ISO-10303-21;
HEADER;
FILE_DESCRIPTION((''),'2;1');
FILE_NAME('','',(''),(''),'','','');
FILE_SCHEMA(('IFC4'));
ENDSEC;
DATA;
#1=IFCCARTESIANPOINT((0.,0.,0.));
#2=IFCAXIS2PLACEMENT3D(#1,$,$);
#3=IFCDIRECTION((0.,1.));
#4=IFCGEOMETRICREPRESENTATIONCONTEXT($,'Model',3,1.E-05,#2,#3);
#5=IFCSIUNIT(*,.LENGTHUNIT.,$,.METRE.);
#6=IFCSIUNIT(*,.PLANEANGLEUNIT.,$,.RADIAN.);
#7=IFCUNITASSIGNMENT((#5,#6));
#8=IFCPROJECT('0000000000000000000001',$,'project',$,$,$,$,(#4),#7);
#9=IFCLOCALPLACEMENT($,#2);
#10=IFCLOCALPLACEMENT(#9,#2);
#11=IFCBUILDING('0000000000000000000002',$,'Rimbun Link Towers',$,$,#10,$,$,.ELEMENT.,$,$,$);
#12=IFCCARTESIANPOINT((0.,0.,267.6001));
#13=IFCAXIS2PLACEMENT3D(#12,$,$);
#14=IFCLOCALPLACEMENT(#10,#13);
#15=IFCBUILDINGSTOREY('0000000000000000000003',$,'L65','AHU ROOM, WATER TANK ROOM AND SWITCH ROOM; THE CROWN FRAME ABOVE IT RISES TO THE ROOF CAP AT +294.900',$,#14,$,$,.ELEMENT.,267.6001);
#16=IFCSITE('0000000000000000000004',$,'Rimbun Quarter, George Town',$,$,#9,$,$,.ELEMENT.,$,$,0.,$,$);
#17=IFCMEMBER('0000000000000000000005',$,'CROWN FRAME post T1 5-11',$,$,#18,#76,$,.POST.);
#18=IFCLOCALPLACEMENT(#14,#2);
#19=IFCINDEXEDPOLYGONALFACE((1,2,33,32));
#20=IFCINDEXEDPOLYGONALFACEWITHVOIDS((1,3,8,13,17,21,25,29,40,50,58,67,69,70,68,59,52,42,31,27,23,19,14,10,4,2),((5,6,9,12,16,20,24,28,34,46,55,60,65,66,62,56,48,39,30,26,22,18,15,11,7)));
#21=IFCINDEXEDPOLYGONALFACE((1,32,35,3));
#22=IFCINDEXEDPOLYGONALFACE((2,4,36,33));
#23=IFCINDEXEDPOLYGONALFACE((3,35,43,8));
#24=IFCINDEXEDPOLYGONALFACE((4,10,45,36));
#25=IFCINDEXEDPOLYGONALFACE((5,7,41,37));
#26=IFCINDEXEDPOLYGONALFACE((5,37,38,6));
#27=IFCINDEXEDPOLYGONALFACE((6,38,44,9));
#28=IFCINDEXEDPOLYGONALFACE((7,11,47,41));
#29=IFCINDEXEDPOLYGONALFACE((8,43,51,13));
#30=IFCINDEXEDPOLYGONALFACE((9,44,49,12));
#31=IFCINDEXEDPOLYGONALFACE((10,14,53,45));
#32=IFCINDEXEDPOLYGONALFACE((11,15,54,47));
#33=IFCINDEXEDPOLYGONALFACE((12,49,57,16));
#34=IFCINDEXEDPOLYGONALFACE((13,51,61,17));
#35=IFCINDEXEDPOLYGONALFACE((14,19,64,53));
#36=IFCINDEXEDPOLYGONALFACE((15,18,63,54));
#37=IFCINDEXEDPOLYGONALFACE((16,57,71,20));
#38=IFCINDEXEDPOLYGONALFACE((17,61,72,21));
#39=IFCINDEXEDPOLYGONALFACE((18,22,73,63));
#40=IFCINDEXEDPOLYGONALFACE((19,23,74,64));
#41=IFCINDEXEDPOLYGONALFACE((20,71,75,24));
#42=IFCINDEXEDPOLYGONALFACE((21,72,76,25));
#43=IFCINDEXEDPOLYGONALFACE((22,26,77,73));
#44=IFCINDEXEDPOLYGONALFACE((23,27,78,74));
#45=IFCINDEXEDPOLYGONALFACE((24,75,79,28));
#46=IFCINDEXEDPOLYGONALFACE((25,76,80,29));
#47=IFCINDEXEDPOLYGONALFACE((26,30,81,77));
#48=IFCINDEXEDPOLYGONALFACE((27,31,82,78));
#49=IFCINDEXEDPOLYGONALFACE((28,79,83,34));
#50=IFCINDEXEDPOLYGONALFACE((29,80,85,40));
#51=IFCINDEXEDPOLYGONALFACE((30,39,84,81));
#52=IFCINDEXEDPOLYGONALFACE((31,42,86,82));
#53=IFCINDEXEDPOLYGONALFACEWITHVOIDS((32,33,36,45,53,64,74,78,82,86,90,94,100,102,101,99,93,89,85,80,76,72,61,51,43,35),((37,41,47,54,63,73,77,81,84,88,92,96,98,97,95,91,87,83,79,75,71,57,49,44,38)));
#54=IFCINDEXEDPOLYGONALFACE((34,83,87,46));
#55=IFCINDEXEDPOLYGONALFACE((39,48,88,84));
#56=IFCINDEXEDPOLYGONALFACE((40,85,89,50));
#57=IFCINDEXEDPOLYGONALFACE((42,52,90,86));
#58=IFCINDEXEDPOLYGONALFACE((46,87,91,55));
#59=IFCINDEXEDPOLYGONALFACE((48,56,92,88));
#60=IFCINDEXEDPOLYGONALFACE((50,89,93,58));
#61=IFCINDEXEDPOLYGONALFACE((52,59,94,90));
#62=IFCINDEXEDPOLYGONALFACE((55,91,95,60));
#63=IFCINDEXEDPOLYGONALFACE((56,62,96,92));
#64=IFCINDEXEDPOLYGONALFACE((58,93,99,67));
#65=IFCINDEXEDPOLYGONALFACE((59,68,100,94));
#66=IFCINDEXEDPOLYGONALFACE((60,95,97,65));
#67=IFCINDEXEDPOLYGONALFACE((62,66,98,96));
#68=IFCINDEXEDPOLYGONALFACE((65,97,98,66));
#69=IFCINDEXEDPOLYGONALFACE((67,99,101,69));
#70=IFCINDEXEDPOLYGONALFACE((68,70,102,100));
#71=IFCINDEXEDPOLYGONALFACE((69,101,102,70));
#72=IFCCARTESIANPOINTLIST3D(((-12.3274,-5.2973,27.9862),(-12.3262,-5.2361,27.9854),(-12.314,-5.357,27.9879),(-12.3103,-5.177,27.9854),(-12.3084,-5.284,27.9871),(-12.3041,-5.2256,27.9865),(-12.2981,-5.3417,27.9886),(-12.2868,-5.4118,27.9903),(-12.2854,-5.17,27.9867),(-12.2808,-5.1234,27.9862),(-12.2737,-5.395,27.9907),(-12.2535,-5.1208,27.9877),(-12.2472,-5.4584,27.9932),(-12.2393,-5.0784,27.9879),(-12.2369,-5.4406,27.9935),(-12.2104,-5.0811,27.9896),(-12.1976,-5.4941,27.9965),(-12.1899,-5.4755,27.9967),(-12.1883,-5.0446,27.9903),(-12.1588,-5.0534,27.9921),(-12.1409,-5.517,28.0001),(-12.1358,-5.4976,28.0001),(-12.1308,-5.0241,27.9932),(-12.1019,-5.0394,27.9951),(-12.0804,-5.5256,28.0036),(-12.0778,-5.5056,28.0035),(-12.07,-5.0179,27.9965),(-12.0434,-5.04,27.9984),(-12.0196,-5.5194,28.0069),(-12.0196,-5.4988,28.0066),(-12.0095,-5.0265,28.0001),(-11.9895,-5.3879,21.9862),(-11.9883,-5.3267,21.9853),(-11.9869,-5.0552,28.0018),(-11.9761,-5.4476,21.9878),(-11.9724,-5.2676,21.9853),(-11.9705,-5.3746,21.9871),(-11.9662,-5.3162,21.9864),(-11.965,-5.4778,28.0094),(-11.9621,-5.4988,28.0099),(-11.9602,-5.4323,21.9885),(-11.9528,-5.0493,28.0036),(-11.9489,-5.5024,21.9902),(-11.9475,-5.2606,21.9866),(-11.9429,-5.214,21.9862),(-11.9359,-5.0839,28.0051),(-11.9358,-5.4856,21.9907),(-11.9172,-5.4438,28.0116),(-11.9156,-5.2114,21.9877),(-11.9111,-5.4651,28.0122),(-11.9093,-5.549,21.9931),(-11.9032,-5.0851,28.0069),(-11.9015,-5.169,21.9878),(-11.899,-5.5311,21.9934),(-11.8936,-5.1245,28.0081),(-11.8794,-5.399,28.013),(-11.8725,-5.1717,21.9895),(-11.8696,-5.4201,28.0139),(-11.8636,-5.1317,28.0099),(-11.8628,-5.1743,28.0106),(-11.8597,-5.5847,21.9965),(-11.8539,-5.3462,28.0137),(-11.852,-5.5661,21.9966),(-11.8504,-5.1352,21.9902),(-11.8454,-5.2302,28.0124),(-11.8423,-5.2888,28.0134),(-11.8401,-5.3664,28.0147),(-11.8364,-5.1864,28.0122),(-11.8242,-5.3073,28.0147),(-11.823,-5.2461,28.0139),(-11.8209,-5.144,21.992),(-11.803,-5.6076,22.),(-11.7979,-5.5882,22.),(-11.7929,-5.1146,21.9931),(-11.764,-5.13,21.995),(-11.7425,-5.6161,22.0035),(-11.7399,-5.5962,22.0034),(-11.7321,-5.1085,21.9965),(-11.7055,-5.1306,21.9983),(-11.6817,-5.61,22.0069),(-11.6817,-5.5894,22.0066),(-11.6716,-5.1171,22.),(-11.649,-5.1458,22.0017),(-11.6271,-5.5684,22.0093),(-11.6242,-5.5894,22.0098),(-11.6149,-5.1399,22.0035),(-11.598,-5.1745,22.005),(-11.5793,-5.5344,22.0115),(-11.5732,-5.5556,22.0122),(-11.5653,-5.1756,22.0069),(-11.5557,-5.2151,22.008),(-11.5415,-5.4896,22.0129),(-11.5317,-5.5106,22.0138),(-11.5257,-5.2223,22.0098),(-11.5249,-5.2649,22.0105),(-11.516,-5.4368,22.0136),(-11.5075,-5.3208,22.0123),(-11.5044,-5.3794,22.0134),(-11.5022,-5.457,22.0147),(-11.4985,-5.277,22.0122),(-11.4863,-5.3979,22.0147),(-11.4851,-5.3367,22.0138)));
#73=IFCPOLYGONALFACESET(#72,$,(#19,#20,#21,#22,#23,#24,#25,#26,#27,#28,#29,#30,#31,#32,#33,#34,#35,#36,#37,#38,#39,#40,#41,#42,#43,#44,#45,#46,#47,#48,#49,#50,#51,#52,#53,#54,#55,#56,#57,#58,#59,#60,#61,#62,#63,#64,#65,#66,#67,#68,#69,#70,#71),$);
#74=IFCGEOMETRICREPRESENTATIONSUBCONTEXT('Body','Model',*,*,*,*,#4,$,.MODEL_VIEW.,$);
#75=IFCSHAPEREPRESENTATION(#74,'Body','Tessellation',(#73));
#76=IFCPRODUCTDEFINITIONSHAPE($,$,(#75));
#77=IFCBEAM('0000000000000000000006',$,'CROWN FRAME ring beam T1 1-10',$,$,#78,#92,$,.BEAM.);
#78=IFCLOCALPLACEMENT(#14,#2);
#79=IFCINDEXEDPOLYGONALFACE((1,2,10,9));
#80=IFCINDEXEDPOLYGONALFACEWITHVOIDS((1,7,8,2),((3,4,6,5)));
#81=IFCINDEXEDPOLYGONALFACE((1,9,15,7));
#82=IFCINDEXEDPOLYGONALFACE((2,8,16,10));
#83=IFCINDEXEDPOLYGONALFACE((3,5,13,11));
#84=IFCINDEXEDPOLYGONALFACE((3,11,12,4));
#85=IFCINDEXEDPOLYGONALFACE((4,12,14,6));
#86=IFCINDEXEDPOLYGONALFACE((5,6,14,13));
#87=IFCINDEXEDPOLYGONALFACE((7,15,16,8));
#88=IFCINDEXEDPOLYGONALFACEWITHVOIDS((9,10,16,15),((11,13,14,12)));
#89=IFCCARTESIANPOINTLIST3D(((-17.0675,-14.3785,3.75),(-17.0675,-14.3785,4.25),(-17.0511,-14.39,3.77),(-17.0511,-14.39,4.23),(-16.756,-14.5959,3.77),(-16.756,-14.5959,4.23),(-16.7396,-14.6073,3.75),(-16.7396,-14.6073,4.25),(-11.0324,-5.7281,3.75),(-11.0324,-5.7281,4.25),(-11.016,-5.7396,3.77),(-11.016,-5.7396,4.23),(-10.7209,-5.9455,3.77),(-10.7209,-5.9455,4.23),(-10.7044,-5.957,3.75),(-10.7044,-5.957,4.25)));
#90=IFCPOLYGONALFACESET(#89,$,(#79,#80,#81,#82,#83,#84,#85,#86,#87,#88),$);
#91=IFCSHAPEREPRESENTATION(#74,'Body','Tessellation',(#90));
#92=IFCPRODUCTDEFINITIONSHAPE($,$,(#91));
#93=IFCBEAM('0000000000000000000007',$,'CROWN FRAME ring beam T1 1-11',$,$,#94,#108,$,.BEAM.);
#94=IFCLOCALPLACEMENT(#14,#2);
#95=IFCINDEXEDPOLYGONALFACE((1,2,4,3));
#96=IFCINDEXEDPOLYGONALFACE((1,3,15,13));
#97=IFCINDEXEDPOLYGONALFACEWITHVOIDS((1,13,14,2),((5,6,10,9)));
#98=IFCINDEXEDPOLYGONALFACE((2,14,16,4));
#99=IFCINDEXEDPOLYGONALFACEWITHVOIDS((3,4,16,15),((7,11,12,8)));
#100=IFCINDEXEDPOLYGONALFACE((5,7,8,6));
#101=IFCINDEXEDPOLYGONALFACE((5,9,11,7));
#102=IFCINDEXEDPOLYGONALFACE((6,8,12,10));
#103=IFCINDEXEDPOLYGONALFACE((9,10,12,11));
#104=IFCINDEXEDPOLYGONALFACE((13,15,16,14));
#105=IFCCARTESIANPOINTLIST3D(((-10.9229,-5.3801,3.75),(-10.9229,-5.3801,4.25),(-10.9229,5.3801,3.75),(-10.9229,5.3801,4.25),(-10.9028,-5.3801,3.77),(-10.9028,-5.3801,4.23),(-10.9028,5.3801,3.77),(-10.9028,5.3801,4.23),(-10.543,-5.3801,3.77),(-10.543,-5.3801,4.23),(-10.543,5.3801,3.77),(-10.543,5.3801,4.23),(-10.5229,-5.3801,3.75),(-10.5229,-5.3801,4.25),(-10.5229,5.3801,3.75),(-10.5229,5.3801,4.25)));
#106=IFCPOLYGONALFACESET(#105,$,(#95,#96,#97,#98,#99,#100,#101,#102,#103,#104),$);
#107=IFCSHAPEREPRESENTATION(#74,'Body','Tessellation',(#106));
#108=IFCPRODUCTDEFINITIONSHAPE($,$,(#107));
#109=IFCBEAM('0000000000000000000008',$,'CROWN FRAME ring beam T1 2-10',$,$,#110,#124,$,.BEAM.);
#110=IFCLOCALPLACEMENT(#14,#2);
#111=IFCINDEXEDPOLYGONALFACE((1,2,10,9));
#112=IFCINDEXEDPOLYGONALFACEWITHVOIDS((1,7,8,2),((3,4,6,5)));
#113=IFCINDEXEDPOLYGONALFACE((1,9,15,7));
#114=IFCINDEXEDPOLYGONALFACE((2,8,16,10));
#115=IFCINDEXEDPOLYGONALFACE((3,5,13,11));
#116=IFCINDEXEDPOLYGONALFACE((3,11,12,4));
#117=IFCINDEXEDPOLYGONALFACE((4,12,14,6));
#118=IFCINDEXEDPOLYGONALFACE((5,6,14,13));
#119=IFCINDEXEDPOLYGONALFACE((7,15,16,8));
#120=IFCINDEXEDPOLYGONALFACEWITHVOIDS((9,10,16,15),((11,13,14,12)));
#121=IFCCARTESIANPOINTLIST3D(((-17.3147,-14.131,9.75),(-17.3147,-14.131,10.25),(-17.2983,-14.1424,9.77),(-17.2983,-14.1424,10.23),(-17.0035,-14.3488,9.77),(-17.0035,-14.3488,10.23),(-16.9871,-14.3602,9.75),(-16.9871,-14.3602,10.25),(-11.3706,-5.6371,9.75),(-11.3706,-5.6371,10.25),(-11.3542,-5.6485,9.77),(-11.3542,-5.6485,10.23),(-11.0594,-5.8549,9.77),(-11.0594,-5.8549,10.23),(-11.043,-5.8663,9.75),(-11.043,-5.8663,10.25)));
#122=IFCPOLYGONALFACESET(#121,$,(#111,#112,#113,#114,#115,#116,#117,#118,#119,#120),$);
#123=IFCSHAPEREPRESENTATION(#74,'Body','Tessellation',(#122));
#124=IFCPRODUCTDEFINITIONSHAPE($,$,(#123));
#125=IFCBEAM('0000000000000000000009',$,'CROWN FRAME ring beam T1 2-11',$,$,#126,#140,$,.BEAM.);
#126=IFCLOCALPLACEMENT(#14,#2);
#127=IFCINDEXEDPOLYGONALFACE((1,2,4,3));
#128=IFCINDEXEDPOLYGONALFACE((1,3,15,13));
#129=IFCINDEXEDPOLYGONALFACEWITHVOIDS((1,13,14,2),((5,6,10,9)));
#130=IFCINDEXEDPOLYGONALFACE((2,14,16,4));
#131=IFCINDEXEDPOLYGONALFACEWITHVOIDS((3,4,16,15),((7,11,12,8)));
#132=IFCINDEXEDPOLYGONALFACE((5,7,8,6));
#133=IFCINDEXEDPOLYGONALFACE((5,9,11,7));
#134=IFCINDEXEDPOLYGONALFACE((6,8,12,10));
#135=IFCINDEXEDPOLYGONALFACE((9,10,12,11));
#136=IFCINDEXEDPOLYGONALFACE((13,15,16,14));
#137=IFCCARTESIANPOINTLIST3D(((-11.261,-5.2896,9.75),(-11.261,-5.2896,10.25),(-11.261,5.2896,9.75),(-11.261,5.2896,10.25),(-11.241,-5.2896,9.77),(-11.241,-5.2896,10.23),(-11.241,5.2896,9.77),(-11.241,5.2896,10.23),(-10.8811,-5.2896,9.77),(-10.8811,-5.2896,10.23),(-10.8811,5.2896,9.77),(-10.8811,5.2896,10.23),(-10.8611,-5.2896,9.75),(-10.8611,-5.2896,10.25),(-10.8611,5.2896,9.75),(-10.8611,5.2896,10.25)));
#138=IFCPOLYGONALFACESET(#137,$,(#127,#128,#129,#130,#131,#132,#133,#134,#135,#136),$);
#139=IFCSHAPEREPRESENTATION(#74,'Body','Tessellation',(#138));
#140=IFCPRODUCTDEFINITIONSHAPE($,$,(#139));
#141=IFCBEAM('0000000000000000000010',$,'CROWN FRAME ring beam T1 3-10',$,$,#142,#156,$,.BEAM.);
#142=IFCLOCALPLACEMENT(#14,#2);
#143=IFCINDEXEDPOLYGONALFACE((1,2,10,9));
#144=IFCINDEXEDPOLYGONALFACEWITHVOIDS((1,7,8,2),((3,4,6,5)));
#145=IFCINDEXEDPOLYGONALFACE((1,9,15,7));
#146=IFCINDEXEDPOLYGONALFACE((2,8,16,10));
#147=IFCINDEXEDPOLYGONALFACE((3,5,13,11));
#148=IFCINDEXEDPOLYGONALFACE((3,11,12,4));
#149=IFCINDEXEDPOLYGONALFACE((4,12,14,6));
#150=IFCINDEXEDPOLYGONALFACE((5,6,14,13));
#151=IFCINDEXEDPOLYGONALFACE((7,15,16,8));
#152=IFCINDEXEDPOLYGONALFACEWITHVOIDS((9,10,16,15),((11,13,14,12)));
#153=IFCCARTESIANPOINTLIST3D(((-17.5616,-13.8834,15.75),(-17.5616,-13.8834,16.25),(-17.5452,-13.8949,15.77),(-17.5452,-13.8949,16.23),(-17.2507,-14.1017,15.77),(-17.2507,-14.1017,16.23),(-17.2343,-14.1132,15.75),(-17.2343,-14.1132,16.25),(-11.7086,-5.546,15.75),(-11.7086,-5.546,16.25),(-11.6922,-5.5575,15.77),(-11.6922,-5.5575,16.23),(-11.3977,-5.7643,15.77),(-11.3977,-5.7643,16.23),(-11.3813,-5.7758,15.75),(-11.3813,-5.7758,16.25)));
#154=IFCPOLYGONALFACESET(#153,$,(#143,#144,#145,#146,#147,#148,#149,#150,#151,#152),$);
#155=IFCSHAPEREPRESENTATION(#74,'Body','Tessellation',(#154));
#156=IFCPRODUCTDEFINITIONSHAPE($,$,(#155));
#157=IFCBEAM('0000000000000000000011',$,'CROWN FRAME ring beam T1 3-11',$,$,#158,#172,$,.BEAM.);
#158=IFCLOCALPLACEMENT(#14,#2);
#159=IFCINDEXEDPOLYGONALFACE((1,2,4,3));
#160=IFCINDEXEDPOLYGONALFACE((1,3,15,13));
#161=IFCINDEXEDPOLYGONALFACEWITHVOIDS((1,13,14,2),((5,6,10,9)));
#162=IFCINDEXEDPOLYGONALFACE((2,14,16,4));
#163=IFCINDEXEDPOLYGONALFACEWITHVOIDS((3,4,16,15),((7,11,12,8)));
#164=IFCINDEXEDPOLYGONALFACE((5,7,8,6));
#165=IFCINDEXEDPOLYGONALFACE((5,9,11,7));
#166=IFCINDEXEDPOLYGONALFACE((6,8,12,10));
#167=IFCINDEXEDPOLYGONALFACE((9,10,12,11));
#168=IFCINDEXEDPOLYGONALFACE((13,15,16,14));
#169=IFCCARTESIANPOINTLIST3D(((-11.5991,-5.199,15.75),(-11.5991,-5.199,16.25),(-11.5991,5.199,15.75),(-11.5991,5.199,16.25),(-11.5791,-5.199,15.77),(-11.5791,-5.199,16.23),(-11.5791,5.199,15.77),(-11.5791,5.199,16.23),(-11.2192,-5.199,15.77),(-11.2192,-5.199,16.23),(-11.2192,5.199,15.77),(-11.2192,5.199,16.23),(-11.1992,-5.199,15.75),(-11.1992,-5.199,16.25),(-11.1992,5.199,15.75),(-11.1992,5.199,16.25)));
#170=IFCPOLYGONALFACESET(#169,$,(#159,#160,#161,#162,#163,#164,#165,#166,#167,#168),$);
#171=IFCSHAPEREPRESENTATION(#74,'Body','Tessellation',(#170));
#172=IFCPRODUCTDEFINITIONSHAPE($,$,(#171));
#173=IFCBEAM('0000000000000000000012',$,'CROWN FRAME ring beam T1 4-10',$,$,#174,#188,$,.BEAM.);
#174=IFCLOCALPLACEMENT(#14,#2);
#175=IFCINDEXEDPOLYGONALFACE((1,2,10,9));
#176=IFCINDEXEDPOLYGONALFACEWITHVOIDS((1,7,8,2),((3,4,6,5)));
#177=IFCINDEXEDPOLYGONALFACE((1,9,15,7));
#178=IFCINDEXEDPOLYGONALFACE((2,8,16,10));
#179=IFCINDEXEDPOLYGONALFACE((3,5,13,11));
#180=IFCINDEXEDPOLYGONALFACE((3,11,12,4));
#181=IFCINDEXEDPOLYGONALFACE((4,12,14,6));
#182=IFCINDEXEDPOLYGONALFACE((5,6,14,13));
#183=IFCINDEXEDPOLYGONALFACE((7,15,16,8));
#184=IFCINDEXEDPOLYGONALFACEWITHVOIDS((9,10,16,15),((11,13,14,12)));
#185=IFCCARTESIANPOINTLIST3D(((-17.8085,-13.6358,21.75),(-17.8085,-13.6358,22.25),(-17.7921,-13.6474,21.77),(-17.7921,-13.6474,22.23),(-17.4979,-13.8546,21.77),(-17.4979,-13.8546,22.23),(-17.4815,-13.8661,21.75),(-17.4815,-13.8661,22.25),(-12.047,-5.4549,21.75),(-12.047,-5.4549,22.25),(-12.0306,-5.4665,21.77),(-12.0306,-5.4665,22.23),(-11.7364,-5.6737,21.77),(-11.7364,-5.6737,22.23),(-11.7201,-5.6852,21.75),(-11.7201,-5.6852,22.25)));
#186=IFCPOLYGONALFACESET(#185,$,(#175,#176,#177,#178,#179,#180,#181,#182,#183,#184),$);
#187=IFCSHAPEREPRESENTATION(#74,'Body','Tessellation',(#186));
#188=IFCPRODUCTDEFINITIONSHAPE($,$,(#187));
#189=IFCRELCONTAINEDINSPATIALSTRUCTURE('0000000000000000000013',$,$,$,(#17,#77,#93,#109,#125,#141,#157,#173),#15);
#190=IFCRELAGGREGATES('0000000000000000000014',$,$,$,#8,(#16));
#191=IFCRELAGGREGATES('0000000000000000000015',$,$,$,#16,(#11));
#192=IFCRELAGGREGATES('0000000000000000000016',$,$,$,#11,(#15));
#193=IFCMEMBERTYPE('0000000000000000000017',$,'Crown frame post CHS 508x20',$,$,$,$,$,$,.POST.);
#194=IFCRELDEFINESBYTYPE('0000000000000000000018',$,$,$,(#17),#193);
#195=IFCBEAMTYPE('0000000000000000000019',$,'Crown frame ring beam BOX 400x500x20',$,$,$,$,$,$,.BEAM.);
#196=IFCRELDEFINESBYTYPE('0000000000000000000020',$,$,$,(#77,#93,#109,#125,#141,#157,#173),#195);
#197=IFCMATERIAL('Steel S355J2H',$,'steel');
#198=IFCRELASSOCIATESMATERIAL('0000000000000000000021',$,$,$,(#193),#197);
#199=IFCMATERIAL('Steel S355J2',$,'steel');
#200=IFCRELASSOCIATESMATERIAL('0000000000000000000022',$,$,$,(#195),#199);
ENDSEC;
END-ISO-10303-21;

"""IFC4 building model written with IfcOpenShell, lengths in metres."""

from ifc_helpers import new_model, si_unit, direction, frame, origin, origin_2d, place, context, subcontext, project, spatial, hollow_rectangle, hollow_circle, extrude, material, material_profile, profile_set, type_object, element, save


model = new_model("IFC4")

# Units and contexts
model_context = context("Model", 3, precision=1e-05, world=origin(), true_north=direction((0.0, 1.0)))
body_context = subcontext(model_context, "Body", "Model", "MODEL_VIEW")
ifc_project = project(units=[si_unit("LENGTHUNIT", "METRE"), si_unit("PLANEANGLEUNIT", "RADIAN")], contexts=[model_context])

# Site, building, storey
site_placement = place(None, origin())
site = spatial("IfcSite", under=ifc_project, at=site_placement, Name="Rimbun Quarter, George Town", CompositionType="ELEMENT", RefElevation=0.0)
building_placement = place(site_placement, origin())
building = spatial("IfcBuilding", under=site, at=building_placement, Name="Rimbun Link Towers", CompositionType="ELEMENT")
storey_placement = place(building_placement, frame((0.0, 0.0, 267.6001)))
storey = spatial("IfcBuildingStorey", under=building, at=storey_placement, Name="L65", Description="AHU ROOM, WATER TANK ROOM AND SWITCH ROOM; THE CROWN FRAME ABOVE IT RISES TO THE ROOF CAP AT +294.900", CompositionType="ELEMENT", Elevation=267.6001)

# Member
ifc_material_1 = material(Name="Steel S355J2H", Category="steel")
ifc_material_profile_1 = material_profile(ifc_material_1, hollow_circle(Radius=0.2539, WallThickness=0.02, at=origin_2d()), Name="Crown frame post CHS 508x20")
ifc_profile_set_1 = profile_set([ifc_material_profile_1], Name="Steel S355J2H")
member_type_1 = type_object("IfcMemberType", Name="Crown frame post CHS 508x20", PredefinedType="POST", material=ifc_profile_set_1)
for number, where, z_axis, x_axis, name in (
    (1, (-11.7373, -5.3623, 22.0), (-0.05622, 0.01507, 0.998305), (-0.258922, -0.965898, 0.0), "CROWN FRAME post T1 5-11"),
):
    element("IfcMember", number, at=place(storey_placement, frame(where, z_axis=z_axis, x_axis=x_axis)), inside=storey, type_object=member_type_1, Name=name, PredefinedType="POST", context=body_context, shape_type="SweptSolid", body=[
        extrude(hollow_circle(Radius=0.2539, WallThickness=0.02, at=origin_2d()), origin(), (0.0, 0.0, 1.0), 6.0103),
    ])

# Beams
ifc_material_2 = material(Name="Steel S355J2", Category="steel")
ifc_material_profile_2 = material_profile(ifc_material_2, hollow_rectangle(XDim=0.3999, YDim=0.5, WallThickness=0.02, at=origin_2d()), Name="Crown frame ring beam BOX 400x500x20")
ifc_profile_set_2 = profile_set([ifc_material_profile_2], Name="Steel S355J2")
beam_type = type_object("IfcBeamType", Name="Crown frame ring beam BOX 400x500x20", PredefinedType="BEAM", material=ifc_profile_set_2)
beam_1_placement = place(storey_placement, frame((-16.9036, -14.4929, 4.0), z_axis=(0.572182, 0.820127, 0.0), x_axis=(-0.820127, 0.572182, 0.0)))
element("IfcBeam", 2, at=beam_1_placement, inside=storey, type_object=beam_type, Name="CROWN FRAME ring beam T1 1-10", PredefinedType="BEAM", context=body_context, shape_type="SweptSolid", body=[
    extrude(hollow_rectangle(XDim=0.3999, YDim=0.5, WallThickness=0.02, at=origin_2d()), origin(), (0.0, 0.0, 1.0), 10.5476),
])
beam_2_placement = place(storey_placement, frame((-10.7229, -5.3801, 4.0), z_axis=(0.0, 1.0, 0.0), x_axis=(-1.0, 0.0, 0.0)))
element("IfcBeam", 3, at=beam_2_placement, inside=storey, type_object=beam_type, Name="CROWN FRAME ring beam T1 1-11", PredefinedType="BEAM", context=body_context, shape_type="SweptSolid", body=[
    extrude(hollow_rectangle(XDim=0.3999, YDim=0.5, WallThickness=0.02, at=origin_2d()), origin(), (0.0, 0.0, 1.0), 10.7603),
])
beam_3_placement = place(storey_placement, frame((-17.1509, -14.2456, 10.0), z_axis=(0.573356, 0.819306, 0.0), x_axis=(-0.819306, 0.573356, 0.0)))
element("IfcBeam", 4, at=beam_3_placement, inside=storey, type_object=beam_type, Name="CROWN FRAME ring beam T1 2-10", PredefinedType="BEAM", context=body_context, shape_type="SweptSolid", body=[
    extrude(hollow_rectangle(XDim=0.3999, YDim=0.5, WallThickness=0.02, at=origin_2d()), origin(), (0.0, 0.0, 1.0), 10.3672),
])
beam_4_placement = place(storey_placement, frame((-11.061, -5.2896, 10.0), z_axis=(0.0, 1.0, 0.0), x_axis=(-1.0, 0.0, 0.0)))
element("IfcBeam", 5, at=beam_4_placement, inside=storey, type_object=beam_type, Name="CROWN FRAME ring beam T1 2-11", PredefinedType="BEAM", context=body_context, shape_type="SweptSolid", body=[
    extrude(hollow_rectangle(XDim=0.3999, YDim=0.5, WallThickness=0.02, at=origin_2d()), origin(), (0.0, 0.0, 1.0), 10.5791),
])
beam_5_placement = place(storey_placement, frame((-17.3979, -13.9983, 16.0), z_axis=(0.574572, 0.818454, 0.0), x_axis=(-0.818454, 0.574572, 0.0)))
element("IfcBeam", 6, at=beam_5_placement, inside=storey, type_object=beam_type, Name="CROWN FRAME ring beam T1 3-10", PredefinedType="BEAM", context=body_context, shape_type="SweptSolid", body=[
    extrude(hollow_rectangle(XDim=0.3999, YDim=0.5, WallThickness=0.02, at=origin_2d()), origin(), (0.0, 0.0, 1.0), 10.1868),
])
beam_6_placement = place(storey_placement, frame((-11.3992, -5.199, 16.0), z_axis=(0.0, 1.0, 0.0), x_axis=(-1.0, 0.0, 0.0)))
element("IfcBeam", 7, at=beam_6_placement, inside=storey, type_object=beam_type, Name="CROWN FRAME ring beam T1 3-11", PredefinedType="BEAM", context=body_context, shape_type="SweptSolid", body=[
    extrude(hollow_rectangle(XDim=0.3999, YDim=0.5, WallThickness=0.02, at=origin_2d()), origin(), (0.0, 0.0, 1.0), 10.3979),
])
beam_7_placement = place(storey_placement, frame((-17.645, -13.751, 22.0), z_axis=(0.575797, 0.817593, 0.0), x_axis=(-0.817593, 0.575797, 0.0)))
element("IfcBeam", 8, at=beam_7_placement, inside=storey, type_object=beam_type, Name="CROWN FRAME ring beam T1 4-10", PredefinedType="BEAM", context=body_context, shape_type="SweptSolid", body=[
    extrude(hollow_rectangle(XDim=0.3999, YDim=0.5, WallThickness=0.02, at=origin_2d()), origin(), (0.0, 0.0, 1.0), 10.0061),
])

save(model, "model.ifc")
